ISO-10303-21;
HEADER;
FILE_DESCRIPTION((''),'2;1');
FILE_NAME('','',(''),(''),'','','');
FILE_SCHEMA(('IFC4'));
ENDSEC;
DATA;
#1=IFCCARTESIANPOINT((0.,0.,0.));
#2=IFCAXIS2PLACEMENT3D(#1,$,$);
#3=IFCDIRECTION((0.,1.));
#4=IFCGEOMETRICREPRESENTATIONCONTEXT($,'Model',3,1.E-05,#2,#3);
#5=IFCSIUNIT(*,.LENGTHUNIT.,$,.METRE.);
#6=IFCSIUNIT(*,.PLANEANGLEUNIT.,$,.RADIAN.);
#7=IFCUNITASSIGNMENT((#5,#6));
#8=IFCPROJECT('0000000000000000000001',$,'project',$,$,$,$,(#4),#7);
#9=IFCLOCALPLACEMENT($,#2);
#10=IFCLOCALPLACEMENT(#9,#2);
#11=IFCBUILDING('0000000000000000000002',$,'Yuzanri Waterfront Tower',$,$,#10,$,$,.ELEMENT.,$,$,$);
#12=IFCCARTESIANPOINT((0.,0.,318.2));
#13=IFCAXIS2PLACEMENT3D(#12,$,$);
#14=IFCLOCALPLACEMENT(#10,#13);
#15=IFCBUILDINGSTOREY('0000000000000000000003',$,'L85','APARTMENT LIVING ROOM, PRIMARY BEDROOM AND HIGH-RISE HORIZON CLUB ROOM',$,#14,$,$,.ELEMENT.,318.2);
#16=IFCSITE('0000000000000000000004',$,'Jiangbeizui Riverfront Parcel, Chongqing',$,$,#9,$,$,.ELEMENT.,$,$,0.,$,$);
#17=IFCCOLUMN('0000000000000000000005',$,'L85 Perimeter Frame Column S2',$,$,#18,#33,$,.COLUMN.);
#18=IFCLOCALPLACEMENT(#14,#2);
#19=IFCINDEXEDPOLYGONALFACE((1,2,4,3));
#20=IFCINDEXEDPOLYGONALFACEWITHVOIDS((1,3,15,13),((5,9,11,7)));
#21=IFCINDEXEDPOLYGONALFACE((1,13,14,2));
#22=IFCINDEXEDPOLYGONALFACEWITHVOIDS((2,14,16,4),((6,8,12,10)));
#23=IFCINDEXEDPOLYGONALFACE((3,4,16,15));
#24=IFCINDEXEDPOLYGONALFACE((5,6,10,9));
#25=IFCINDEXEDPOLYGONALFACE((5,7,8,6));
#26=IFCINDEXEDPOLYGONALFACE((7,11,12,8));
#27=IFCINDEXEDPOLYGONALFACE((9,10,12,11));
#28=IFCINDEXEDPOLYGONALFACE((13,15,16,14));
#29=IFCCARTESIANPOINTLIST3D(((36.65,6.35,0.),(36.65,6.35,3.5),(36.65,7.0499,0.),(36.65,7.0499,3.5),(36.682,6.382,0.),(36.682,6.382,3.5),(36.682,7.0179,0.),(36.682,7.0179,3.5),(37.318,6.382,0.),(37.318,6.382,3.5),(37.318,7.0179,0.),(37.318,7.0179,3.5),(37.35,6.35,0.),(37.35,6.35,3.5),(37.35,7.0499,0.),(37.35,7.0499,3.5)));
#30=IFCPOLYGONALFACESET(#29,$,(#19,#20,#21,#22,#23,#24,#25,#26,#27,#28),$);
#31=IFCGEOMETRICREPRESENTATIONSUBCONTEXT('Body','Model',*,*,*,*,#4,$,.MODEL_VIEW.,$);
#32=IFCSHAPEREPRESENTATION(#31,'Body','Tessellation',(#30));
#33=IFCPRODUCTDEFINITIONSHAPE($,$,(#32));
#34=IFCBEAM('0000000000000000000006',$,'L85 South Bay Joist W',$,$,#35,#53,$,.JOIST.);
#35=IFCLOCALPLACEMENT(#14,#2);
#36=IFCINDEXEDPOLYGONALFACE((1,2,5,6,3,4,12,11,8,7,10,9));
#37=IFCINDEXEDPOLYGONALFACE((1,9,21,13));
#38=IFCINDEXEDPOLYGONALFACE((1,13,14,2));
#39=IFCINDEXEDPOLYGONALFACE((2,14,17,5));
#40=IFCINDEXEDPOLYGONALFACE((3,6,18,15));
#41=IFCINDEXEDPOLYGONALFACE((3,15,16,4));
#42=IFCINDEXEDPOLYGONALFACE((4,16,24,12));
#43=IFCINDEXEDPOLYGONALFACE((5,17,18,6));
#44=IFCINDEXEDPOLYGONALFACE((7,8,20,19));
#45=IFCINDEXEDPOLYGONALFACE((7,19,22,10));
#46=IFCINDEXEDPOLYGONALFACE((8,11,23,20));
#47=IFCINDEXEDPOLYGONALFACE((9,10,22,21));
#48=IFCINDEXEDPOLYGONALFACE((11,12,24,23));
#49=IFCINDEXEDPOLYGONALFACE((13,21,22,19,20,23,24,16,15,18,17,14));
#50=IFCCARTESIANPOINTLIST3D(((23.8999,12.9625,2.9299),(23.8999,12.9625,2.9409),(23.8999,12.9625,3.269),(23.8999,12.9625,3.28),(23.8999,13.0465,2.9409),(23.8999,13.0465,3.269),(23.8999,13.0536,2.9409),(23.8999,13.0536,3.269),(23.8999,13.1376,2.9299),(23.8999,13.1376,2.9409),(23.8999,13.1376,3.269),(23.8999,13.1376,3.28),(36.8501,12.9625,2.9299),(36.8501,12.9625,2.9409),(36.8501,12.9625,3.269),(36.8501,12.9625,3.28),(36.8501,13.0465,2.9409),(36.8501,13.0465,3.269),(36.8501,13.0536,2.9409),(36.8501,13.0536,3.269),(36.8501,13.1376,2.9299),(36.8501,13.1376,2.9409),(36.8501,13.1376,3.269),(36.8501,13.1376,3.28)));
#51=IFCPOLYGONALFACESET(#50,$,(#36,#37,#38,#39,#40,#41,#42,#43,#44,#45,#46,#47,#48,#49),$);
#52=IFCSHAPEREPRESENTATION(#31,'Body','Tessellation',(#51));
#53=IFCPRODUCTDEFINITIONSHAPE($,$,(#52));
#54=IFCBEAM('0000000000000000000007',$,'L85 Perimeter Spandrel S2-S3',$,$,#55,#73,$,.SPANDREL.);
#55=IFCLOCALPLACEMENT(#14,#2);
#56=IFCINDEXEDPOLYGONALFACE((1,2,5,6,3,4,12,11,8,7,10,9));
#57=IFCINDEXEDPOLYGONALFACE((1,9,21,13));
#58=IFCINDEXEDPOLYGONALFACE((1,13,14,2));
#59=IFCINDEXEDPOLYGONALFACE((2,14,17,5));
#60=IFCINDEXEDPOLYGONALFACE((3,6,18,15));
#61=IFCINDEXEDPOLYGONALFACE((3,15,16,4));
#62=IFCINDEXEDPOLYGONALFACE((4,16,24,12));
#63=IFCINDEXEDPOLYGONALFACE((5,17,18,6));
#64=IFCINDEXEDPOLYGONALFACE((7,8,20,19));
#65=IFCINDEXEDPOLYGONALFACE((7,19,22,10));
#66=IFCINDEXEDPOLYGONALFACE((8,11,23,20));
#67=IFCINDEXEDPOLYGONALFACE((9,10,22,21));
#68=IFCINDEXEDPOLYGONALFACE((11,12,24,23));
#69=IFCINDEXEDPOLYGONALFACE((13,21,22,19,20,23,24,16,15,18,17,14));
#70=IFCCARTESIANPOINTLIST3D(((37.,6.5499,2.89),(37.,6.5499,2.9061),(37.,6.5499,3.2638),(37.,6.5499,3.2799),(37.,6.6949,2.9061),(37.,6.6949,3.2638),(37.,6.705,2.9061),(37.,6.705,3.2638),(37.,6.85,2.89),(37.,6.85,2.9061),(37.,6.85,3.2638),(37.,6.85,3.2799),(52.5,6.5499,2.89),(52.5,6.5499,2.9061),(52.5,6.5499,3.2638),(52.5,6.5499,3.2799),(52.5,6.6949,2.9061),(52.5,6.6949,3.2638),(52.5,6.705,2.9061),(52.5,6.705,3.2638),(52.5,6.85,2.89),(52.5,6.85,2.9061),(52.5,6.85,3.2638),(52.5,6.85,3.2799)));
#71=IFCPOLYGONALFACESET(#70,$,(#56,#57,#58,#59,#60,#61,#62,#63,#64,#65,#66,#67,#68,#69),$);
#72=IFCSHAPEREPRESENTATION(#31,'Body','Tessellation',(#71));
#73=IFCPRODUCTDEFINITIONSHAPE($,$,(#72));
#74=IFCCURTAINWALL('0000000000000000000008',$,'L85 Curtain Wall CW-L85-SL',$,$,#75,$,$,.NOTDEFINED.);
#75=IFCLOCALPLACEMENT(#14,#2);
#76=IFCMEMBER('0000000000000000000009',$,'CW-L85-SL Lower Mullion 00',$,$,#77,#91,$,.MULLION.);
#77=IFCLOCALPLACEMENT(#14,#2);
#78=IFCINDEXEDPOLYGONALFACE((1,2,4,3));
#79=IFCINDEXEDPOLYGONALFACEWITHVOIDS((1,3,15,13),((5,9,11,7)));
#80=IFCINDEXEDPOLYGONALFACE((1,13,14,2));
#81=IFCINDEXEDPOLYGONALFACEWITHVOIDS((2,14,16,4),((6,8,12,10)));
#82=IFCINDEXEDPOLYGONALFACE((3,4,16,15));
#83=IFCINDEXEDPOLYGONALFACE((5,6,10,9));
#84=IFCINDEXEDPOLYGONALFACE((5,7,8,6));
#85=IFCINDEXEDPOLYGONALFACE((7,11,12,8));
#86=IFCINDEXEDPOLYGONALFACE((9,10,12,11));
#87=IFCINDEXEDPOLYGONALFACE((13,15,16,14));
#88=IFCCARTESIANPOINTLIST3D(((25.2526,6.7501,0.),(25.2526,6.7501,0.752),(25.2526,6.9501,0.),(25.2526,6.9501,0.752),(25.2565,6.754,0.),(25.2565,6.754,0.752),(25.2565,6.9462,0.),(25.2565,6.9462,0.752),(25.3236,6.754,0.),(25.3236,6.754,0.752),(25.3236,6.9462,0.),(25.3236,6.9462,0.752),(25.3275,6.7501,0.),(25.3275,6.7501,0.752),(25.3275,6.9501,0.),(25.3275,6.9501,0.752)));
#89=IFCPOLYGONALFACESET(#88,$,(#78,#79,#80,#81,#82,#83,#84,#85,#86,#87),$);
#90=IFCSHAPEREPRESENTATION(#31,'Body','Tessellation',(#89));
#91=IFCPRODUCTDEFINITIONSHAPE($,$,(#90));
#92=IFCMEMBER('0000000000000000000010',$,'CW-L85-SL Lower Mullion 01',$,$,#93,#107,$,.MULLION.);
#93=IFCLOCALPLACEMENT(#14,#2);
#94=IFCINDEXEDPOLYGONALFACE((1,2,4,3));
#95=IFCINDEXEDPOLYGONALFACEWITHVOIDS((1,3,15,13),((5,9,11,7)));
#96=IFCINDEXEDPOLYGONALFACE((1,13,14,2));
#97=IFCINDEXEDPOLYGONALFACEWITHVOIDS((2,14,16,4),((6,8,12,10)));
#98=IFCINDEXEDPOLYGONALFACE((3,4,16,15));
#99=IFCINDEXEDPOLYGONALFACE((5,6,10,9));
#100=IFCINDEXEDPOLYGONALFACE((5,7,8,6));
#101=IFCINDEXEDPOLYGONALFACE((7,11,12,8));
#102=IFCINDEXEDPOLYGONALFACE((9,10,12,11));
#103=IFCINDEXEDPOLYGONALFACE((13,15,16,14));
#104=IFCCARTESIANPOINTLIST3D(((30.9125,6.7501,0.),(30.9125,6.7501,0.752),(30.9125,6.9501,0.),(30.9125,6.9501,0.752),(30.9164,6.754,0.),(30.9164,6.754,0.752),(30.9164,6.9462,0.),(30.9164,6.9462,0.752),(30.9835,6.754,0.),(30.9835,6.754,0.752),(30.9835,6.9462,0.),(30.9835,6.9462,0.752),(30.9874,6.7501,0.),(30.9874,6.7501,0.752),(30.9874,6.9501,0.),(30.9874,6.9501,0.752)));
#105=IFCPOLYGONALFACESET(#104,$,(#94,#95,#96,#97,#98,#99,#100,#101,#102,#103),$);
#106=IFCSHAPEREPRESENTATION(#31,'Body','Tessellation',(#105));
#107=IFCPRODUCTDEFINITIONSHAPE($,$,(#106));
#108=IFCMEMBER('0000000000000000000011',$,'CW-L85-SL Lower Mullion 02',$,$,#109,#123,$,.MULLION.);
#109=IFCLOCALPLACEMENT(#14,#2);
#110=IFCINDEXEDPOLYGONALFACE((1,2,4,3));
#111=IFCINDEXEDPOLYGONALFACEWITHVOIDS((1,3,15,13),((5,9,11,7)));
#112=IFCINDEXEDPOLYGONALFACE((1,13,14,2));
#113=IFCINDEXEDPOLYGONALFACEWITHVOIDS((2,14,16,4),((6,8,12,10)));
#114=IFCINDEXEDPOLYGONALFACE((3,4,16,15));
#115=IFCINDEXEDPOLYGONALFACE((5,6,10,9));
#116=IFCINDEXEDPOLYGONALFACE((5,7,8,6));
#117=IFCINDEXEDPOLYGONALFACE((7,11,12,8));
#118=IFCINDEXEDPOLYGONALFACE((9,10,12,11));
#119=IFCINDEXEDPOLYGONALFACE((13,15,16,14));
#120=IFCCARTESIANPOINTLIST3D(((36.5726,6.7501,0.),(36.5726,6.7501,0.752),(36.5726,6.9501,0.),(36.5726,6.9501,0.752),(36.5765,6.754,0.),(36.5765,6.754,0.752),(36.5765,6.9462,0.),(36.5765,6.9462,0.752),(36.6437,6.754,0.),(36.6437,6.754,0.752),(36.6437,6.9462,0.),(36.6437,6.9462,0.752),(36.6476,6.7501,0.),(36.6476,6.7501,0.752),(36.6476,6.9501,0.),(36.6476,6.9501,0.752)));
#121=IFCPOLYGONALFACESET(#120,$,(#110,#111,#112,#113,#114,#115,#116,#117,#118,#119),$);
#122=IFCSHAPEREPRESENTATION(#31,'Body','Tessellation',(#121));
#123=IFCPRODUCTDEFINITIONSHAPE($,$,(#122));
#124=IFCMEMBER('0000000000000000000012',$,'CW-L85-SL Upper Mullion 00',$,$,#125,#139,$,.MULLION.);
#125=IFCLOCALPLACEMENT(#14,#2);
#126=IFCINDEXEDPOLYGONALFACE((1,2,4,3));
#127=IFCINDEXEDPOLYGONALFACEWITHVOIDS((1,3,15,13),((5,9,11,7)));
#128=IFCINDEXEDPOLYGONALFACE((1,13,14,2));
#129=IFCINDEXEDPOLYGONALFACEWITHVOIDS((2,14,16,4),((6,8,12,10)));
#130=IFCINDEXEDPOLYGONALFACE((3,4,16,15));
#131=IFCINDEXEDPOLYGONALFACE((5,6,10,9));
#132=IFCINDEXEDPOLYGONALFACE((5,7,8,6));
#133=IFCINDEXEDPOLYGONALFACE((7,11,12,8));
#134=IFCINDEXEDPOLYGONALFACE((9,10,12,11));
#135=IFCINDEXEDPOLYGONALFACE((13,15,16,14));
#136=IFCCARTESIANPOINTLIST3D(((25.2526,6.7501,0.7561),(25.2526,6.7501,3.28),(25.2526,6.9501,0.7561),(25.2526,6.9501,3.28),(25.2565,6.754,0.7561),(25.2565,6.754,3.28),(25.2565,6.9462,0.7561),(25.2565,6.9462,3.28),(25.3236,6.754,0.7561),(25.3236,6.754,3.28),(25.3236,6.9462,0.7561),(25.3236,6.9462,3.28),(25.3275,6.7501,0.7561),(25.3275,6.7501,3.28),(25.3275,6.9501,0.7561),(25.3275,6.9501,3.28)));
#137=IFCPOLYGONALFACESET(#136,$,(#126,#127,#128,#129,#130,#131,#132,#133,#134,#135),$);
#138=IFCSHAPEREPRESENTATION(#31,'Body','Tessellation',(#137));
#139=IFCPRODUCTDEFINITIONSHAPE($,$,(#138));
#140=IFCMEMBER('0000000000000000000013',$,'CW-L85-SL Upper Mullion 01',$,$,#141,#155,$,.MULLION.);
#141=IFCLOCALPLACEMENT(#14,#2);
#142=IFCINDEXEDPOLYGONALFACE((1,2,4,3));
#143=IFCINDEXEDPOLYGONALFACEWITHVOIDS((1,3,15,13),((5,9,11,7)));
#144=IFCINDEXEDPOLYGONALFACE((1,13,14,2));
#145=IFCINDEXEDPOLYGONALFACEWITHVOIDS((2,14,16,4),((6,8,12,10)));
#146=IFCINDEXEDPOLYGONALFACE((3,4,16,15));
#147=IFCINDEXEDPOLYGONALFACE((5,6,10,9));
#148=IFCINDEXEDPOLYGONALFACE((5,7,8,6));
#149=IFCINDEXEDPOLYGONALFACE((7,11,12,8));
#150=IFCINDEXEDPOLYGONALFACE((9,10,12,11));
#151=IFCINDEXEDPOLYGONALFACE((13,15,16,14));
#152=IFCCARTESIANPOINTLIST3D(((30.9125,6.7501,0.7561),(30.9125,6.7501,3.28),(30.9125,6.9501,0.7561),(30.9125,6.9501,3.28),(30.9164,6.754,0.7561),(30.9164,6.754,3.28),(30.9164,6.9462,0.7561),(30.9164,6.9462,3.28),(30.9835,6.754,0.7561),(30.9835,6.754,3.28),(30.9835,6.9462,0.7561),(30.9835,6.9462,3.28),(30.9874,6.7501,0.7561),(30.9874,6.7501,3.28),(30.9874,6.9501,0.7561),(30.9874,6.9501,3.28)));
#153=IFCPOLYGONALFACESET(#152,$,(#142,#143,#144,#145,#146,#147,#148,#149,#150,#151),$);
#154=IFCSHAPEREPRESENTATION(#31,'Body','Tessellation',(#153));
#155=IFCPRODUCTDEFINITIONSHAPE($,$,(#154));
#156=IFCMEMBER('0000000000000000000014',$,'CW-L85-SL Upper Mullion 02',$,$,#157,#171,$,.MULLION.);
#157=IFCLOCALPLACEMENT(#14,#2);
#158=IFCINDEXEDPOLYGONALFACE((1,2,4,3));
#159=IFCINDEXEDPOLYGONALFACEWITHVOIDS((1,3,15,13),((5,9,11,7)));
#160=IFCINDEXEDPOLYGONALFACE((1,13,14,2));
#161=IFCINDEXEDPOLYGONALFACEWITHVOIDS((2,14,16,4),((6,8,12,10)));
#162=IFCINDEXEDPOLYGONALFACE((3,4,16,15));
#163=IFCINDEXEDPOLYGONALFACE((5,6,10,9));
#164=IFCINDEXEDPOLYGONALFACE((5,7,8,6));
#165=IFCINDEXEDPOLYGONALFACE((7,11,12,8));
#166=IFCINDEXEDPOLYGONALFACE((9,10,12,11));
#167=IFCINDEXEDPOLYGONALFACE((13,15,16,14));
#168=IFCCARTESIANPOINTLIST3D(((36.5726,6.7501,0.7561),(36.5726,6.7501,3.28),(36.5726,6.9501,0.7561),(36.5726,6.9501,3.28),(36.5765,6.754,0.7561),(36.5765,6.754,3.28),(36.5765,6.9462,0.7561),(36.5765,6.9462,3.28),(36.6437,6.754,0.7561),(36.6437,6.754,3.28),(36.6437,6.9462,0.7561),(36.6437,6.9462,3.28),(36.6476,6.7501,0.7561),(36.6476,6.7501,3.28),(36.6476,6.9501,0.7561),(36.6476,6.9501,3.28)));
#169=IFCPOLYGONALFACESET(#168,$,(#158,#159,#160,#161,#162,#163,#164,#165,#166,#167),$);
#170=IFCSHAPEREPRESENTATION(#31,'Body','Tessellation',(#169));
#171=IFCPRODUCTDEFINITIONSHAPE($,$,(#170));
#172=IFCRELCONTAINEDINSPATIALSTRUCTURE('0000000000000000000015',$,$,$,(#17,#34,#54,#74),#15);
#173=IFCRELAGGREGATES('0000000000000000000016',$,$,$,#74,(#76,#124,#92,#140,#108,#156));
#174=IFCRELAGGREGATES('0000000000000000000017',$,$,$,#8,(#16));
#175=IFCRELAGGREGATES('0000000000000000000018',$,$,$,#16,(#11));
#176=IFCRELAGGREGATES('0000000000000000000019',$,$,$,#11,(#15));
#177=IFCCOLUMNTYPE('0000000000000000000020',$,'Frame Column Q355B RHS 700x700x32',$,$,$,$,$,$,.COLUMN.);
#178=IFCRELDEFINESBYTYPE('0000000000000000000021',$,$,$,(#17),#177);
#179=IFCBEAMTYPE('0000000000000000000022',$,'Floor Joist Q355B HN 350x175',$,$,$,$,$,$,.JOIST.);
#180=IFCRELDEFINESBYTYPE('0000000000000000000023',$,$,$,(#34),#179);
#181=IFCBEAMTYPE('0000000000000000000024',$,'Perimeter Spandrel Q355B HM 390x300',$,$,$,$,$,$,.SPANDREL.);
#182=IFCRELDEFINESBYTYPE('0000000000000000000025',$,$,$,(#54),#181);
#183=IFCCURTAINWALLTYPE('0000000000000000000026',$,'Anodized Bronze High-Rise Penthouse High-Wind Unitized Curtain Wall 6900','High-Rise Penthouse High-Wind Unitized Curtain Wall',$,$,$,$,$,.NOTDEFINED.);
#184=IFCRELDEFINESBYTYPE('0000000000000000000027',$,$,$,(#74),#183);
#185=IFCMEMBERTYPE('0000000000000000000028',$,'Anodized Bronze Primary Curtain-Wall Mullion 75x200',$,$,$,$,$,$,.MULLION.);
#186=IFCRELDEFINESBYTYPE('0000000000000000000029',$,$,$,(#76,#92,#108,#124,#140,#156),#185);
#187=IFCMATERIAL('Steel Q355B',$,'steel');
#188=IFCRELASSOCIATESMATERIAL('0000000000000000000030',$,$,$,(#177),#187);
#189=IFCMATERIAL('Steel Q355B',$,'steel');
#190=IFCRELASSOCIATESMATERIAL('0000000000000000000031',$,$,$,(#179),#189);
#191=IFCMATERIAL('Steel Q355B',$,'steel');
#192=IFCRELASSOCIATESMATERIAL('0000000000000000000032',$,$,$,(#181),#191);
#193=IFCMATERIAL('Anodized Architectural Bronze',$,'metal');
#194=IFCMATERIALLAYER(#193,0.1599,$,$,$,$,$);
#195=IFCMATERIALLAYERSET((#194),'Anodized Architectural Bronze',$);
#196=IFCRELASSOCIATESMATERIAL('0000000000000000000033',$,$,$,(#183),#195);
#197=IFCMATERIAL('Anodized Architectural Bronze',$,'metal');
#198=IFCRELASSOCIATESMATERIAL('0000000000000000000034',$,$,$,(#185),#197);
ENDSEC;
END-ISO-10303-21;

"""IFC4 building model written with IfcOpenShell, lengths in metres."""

from ifc_helpers import new_model, si_unit, direction, frame, origin, origin_2d, place, context, subcontext, project, spatial, hollow_rectangle, i_section, extrude, source, transform, mapped, material, layer, layer_set, material_profile, profile_set, type_object, element, aggregate, save


model = new_model("IFC4")

# Units and contexts
model_context = context("Model", 3, precision=1e-05, world=origin(), true_north=direction((0.0, 1.0)))
body_context = subcontext(model_context, "Body", "Model", "MODEL_VIEW")
ifc_project = project(units=[si_unit("LENGTHUNIT", "METRE"), si_unit("PLANEANGLEUNIT", "RADIAN")], contexts=[model_context])

# Site, building, storey
site_placement = place(None, origin())
site = spatial("IfcSite", under=ifc_project, at=site_placement, Name="Jiangbeizui Riverfront Parcel, Chongqing", CompositionType="ELEMENT", RefElevation=0.0)
building_placement = place(site_placement, origin())
building = spatial("IfcBuilding", under=site, at=building_placement, Name="Yuzanri Waterfront Tower", CompositionType="ELEMENT")
storey_placement = place(building_placement, frame((0.0, 0.0, 318.2)))
storey = spatial("IfcBuildingStorey", under=building, at=storey_placement, Name="L85", Description="APARTMENT LIVING ROOM, PRIMARY BEDROOM AND HIGH-RISE HORIZON CLUB ROOM", CompositionType="ELEMENT", Elevation=318.2)

# Column
ifc_material_1 = material(Name="Steel Q355B", Category="steel")
ifc_material_profile_1 = material_profile(ifc_material_1, hollow_rectangle(XDim=0.7, YDim=0.7, WallThickness=0.032, at=origin_2d()), Name="RHS 700x700x32")
ifc_profile_set_1 = profile_set([ifc_material_profile_1], Name="Steel Q355B")
column_type = type_object("IfcColumnType", Name="Frame Column Q355B RHS 700x700x32", PredefinedType="COLUMN", material=ifc_profile_set_1)
shared_shape_1 = source(origin(), body_context, "Body", "SweptSolid", [
    extrude(hollow_rectangle(XDim=0.7, YDim=0.7, WallThickness=0.032, at=origin_2d()), origin(), (0.0, 0.0, 1.0), 3.5),
])
column_placement = place(storey_placement, frame((37.0, 6.7, 0.0), z_axis=(0.0, 0.0, 1.0), x_axis=(1.0, 0.0, 0.0)))
element("IfcColumn", 1, at=column_placement, inside=storey, type_object=column_type, Name="L85 Perimeter Frame Column S2", PredefinedType="COLUMN", context=body_context, shape_type="MappedRepresentation", body=[
    mapped(shared_shape_1, transform((0.0, 0.0, 0.0), scale=1.0)),
])

# Beams
ifc_material_2 = material(Name="Steel Q355B", Category="steel")
ifc_material_profile_2 = material_profile(ifc_material_2, i_section(OverallWidth=0.175, OverallDepth=0.3501, WebThickness=0.0071, FlangeThickness=0.011, at=origin_2d()), Name="HN 350x175x7x11")
ifc_profile_set_2 = profile_set([ifc_material_profile_2], Name="Steel Q355B")
beam_type_1 = type_object("IfcBeamType", Name="Floor Joist Q355B HN 350x175", PredefinedType="JOIST", material=ifc_profile_set_2)
shared_shape_2 = source(origin(), body_context, "Body", "SweptSolid", [
    extrude(i_section(OverallWidth=0.175, OverallDepth=0.3501, WebThickness=0.0071, FlangeThickness=0.011, at=origin_2d()), origin(), (0.0, 0.0, 1.0), 12.9502),
])
beam_1_placement = place(storey_placement, frame((23.8999, 13.05, 3.105), z_axis=(1.0, 0.0, 0.0), x_axis=(0.0, 1.0, 0.0)))
element("IfcBeam", 2, at=beam_1_placement, inside=storey, type_object=beam_type_1, Name="L85 South Bay Joist W", PredefinedType="JOIST", context=body_context, shape_type="MappedRepresentation", body=[
    mapped(shared_shape_2, transform((0.0, 0.0, 0.0), scale=1.0)),
])
ifc_material_3 = material(Name="Steel Q355B", Category="steel")
ifc_material_profile_3 = material_profile(ifc_material_3, i_section(OverallWidth=0.3, OverallDepth=0.3899, WebThickness=0.01, FlangeThickness=0.0161, at=origin_2d()), Name="HM 390x300x10x16")
ifc_profile_set_3 = profile_set([ifc_material_profile_3], Name="Steel Q355B")
beam_type_2 = type_object("IfcBeamType", Name="Perimeter Spandrel Q355B HM 390x300", PredefinedType="SPANDREL", material=ifc_profile_set_3)
shared_shape_3 = source(origin(), body_context, "Body", "SweptSolid", [
    extrude(i_section(OverallWidth=0.3, OverallDepth=0.3899, WebThickness=0.01, FlangeThickness=0.0161, at=origin_2d()), origin(), (0.0, 0.0, 1.0), 15.5),
])
beam_2_placement = place(storey_placement, frame((37.0, 6.7, 3.085), z_axis=(1.0, 0.0, 0.0), x_axis=(0.0, 1.0, 0.0)))
element("IfcBeam", 3, at=beam_2_placement, inside=storey, type_object=beam_type_2, Name="L85 Perimeter Spandrel S2-S3", PredefinedType="SPANDREL", context=body_context, shape_type="MappedRepresentation", body=[
    mapped(shared_shape_3, transform((0.0, 0.0, 0.0), scale=1.0)),
])

# Curtain wall, members
ifc_material_4 = material(Name="Anodized Architectural Bronze", Category="metal")
ifc_layer_1 = layer(ifc_material_4, 0.1599)
ifc_layer_set_1 = layer_set([ifc_layer_1], Name="Anodized Architectural Bronze")
curtain_wall_type = type_object("IfcCurtainWallType", Name="Anodized Bronze High-Rise Penthouse High-Wind Unitized Curtain Wall 6900", Description="High-Rise Penthouse High-Wind Unitized Curtain Wall", PredefinedType="NOTDEFINED", material=ifc_layer_set_1)
curtain_wall_placement = place(storey_placement, origin())
curtain_wall = element("IfcCurtainWall", 4, at=curtain_wall_placement, inside=storey, type_object=curtain_wall_type, Name="L85 Curtain Wall CW-L85-SL", PredefinedType="NOTDEFINED")
ifc_material_5 = material(Name="Anodized Architectural Bronze", Category="metal")
ifc_material_profile_4 = material_profile(ifc_material_5, hollow_rectangle(XDim=0.075, YDim=0.2, WallThickness=0.0039, at=origin_2d()), Name="CWM 75x200")
ifc_profile_set_4 = profile_set([ifc_material_profile_4], Name="Anodized Architectural Bronze")
member_type_1 = type_object("IfcMemberType", Name="Anodized Bronze Primary Curtain-Wall Mullion 75x200", PredefinedType="MULLION", material=ifc_profile_set_4)
shared_shape_4 = source(origin(), body_context, "Body", "SweptSolid", [
    extrude(hollow_rectangle(XDim=0.075, YDim=0.2, WallThickness=0.0039, at=origin_2d()), origin(), (0.0, 0.0, 1.0), 0.752),
])
member_1_placement = place(storey_placement, frame((25.29, 6.8501, 0.0), z_axis=(0.0, 0.0, 1.0), x_axis=(1.0, 0.0, 0.0)))
member_1 = element("IfcMember", 5, at=member_1_placement, type_object=member_type_1, Name="CW-L85-SL Lower Mullion 00", PredefinedType="MULLION", context=body_context, shape_type="MappedRepresentation", body=[
    mapped(shared_shape_4, transform((0.0, 0.0, 0.0), scale=1.0)),
])
member_2_placement = place(storey_placement, frame((30.95, 6.8501, 0.0), z_axis=(0.0, 0.0, 1.0), x_axis=(1.0, 0.0, 0.0)))
member_2 = element("IfcMember", 6, at=member_2_placement, type_object=member_type_1, Name="CW-L85-SL Lower Mullion 01", PredefinedType="MULLION", context=body_context, shape_type="MappedRepresentation", body=[
    mapped(shared_shape_4, transform((0.0, 0.0, 0.0), scale=1.0)),
])
member_3_placement = place(storey_placement, frame((36.6101, 6.8501, 0.0), z_axis=(0.0, 0.0, 1.0), x_axis=(1.0, 0.0, 0.0)))
member_3 = element("IfcMember", 7, at=member_3_placement, type_object=member_type_1, Name="CW-L85-SL Lower Mullion 02", PredefinedType="MULLION", context=body_context, shape_type="MappedRepresentation", body=[
    mapped(shared_shape_4, transform((0.0, 0.0, 0.0), scale=1.0)),
])
shared_shape_5 = source(origin(), body_context, "Body", "SweptSolid", [
    extrude(hollow_rectangle(XDim=0.075, YDim=0.2, WallThickness=0.0039, at=origin_2d()), origin(), (0.0, 0.0, 1.0), 2.5239),
])
member_4_placement = place(storey_placement, frame((25.29, 6.8501, 0.7561), z_axis=(0.0, 0.0, 1.0), x_axis=(1.0, 0.0, 0.0)))
member_4 = element("IfcMember", 8, at=member_4_placement, type_object=member_type_1, Name="CW-L85-SL Upper Mullion 00", PredefinedType="MULLION", context=body_context, shape_type="MappedRepresentation", body=[
    mapped(shared_shape_5, transform((0.0, 0.0, 0.0), scale=1.0)),
])
member_5_placement = place(storey_placement, frame((30.95, 6.8501, 0.7561), z_axis=(0.0, 0.0, 1.0), x_axis=(1.0, 0.0, 0.0)))
member_5 = element("IfcMember", 9, at=member_5_placement, type_object=member_type_1, Name="CW-L85-SL Upper Mullion 01", PredefinedType="MULLION", context=body_context, shape_type="MappedRepresentation", body=[
    mapped(shared_shape_5, transform((0.0, 0.0, 0.0), scale=1.0)),
])
member_6_placement = place(storey_placement, frame((36.6101, 6.8501, 0.7561), z_axis=(0.0, 0.0, 1.0), x_axis=(1.0, 0.0, 0.0)))
member_6 = element("IfcMember", 10, at=member_6_placement, type_object=member_type_1, Name="CW-L85-SL Upper Mullion 02", PredefinedType="MULLION", context=body_context, shape_type="MappedRepresentation", body=[
    mapped(shared_shape_5, transform((0.0, 0.0, 0.0), scale=1.0)),
])

aggregate(curtain_wall, [member_1, member_4, member_2, member_5, member_3, member_6])

save(model, "model.ifc")
